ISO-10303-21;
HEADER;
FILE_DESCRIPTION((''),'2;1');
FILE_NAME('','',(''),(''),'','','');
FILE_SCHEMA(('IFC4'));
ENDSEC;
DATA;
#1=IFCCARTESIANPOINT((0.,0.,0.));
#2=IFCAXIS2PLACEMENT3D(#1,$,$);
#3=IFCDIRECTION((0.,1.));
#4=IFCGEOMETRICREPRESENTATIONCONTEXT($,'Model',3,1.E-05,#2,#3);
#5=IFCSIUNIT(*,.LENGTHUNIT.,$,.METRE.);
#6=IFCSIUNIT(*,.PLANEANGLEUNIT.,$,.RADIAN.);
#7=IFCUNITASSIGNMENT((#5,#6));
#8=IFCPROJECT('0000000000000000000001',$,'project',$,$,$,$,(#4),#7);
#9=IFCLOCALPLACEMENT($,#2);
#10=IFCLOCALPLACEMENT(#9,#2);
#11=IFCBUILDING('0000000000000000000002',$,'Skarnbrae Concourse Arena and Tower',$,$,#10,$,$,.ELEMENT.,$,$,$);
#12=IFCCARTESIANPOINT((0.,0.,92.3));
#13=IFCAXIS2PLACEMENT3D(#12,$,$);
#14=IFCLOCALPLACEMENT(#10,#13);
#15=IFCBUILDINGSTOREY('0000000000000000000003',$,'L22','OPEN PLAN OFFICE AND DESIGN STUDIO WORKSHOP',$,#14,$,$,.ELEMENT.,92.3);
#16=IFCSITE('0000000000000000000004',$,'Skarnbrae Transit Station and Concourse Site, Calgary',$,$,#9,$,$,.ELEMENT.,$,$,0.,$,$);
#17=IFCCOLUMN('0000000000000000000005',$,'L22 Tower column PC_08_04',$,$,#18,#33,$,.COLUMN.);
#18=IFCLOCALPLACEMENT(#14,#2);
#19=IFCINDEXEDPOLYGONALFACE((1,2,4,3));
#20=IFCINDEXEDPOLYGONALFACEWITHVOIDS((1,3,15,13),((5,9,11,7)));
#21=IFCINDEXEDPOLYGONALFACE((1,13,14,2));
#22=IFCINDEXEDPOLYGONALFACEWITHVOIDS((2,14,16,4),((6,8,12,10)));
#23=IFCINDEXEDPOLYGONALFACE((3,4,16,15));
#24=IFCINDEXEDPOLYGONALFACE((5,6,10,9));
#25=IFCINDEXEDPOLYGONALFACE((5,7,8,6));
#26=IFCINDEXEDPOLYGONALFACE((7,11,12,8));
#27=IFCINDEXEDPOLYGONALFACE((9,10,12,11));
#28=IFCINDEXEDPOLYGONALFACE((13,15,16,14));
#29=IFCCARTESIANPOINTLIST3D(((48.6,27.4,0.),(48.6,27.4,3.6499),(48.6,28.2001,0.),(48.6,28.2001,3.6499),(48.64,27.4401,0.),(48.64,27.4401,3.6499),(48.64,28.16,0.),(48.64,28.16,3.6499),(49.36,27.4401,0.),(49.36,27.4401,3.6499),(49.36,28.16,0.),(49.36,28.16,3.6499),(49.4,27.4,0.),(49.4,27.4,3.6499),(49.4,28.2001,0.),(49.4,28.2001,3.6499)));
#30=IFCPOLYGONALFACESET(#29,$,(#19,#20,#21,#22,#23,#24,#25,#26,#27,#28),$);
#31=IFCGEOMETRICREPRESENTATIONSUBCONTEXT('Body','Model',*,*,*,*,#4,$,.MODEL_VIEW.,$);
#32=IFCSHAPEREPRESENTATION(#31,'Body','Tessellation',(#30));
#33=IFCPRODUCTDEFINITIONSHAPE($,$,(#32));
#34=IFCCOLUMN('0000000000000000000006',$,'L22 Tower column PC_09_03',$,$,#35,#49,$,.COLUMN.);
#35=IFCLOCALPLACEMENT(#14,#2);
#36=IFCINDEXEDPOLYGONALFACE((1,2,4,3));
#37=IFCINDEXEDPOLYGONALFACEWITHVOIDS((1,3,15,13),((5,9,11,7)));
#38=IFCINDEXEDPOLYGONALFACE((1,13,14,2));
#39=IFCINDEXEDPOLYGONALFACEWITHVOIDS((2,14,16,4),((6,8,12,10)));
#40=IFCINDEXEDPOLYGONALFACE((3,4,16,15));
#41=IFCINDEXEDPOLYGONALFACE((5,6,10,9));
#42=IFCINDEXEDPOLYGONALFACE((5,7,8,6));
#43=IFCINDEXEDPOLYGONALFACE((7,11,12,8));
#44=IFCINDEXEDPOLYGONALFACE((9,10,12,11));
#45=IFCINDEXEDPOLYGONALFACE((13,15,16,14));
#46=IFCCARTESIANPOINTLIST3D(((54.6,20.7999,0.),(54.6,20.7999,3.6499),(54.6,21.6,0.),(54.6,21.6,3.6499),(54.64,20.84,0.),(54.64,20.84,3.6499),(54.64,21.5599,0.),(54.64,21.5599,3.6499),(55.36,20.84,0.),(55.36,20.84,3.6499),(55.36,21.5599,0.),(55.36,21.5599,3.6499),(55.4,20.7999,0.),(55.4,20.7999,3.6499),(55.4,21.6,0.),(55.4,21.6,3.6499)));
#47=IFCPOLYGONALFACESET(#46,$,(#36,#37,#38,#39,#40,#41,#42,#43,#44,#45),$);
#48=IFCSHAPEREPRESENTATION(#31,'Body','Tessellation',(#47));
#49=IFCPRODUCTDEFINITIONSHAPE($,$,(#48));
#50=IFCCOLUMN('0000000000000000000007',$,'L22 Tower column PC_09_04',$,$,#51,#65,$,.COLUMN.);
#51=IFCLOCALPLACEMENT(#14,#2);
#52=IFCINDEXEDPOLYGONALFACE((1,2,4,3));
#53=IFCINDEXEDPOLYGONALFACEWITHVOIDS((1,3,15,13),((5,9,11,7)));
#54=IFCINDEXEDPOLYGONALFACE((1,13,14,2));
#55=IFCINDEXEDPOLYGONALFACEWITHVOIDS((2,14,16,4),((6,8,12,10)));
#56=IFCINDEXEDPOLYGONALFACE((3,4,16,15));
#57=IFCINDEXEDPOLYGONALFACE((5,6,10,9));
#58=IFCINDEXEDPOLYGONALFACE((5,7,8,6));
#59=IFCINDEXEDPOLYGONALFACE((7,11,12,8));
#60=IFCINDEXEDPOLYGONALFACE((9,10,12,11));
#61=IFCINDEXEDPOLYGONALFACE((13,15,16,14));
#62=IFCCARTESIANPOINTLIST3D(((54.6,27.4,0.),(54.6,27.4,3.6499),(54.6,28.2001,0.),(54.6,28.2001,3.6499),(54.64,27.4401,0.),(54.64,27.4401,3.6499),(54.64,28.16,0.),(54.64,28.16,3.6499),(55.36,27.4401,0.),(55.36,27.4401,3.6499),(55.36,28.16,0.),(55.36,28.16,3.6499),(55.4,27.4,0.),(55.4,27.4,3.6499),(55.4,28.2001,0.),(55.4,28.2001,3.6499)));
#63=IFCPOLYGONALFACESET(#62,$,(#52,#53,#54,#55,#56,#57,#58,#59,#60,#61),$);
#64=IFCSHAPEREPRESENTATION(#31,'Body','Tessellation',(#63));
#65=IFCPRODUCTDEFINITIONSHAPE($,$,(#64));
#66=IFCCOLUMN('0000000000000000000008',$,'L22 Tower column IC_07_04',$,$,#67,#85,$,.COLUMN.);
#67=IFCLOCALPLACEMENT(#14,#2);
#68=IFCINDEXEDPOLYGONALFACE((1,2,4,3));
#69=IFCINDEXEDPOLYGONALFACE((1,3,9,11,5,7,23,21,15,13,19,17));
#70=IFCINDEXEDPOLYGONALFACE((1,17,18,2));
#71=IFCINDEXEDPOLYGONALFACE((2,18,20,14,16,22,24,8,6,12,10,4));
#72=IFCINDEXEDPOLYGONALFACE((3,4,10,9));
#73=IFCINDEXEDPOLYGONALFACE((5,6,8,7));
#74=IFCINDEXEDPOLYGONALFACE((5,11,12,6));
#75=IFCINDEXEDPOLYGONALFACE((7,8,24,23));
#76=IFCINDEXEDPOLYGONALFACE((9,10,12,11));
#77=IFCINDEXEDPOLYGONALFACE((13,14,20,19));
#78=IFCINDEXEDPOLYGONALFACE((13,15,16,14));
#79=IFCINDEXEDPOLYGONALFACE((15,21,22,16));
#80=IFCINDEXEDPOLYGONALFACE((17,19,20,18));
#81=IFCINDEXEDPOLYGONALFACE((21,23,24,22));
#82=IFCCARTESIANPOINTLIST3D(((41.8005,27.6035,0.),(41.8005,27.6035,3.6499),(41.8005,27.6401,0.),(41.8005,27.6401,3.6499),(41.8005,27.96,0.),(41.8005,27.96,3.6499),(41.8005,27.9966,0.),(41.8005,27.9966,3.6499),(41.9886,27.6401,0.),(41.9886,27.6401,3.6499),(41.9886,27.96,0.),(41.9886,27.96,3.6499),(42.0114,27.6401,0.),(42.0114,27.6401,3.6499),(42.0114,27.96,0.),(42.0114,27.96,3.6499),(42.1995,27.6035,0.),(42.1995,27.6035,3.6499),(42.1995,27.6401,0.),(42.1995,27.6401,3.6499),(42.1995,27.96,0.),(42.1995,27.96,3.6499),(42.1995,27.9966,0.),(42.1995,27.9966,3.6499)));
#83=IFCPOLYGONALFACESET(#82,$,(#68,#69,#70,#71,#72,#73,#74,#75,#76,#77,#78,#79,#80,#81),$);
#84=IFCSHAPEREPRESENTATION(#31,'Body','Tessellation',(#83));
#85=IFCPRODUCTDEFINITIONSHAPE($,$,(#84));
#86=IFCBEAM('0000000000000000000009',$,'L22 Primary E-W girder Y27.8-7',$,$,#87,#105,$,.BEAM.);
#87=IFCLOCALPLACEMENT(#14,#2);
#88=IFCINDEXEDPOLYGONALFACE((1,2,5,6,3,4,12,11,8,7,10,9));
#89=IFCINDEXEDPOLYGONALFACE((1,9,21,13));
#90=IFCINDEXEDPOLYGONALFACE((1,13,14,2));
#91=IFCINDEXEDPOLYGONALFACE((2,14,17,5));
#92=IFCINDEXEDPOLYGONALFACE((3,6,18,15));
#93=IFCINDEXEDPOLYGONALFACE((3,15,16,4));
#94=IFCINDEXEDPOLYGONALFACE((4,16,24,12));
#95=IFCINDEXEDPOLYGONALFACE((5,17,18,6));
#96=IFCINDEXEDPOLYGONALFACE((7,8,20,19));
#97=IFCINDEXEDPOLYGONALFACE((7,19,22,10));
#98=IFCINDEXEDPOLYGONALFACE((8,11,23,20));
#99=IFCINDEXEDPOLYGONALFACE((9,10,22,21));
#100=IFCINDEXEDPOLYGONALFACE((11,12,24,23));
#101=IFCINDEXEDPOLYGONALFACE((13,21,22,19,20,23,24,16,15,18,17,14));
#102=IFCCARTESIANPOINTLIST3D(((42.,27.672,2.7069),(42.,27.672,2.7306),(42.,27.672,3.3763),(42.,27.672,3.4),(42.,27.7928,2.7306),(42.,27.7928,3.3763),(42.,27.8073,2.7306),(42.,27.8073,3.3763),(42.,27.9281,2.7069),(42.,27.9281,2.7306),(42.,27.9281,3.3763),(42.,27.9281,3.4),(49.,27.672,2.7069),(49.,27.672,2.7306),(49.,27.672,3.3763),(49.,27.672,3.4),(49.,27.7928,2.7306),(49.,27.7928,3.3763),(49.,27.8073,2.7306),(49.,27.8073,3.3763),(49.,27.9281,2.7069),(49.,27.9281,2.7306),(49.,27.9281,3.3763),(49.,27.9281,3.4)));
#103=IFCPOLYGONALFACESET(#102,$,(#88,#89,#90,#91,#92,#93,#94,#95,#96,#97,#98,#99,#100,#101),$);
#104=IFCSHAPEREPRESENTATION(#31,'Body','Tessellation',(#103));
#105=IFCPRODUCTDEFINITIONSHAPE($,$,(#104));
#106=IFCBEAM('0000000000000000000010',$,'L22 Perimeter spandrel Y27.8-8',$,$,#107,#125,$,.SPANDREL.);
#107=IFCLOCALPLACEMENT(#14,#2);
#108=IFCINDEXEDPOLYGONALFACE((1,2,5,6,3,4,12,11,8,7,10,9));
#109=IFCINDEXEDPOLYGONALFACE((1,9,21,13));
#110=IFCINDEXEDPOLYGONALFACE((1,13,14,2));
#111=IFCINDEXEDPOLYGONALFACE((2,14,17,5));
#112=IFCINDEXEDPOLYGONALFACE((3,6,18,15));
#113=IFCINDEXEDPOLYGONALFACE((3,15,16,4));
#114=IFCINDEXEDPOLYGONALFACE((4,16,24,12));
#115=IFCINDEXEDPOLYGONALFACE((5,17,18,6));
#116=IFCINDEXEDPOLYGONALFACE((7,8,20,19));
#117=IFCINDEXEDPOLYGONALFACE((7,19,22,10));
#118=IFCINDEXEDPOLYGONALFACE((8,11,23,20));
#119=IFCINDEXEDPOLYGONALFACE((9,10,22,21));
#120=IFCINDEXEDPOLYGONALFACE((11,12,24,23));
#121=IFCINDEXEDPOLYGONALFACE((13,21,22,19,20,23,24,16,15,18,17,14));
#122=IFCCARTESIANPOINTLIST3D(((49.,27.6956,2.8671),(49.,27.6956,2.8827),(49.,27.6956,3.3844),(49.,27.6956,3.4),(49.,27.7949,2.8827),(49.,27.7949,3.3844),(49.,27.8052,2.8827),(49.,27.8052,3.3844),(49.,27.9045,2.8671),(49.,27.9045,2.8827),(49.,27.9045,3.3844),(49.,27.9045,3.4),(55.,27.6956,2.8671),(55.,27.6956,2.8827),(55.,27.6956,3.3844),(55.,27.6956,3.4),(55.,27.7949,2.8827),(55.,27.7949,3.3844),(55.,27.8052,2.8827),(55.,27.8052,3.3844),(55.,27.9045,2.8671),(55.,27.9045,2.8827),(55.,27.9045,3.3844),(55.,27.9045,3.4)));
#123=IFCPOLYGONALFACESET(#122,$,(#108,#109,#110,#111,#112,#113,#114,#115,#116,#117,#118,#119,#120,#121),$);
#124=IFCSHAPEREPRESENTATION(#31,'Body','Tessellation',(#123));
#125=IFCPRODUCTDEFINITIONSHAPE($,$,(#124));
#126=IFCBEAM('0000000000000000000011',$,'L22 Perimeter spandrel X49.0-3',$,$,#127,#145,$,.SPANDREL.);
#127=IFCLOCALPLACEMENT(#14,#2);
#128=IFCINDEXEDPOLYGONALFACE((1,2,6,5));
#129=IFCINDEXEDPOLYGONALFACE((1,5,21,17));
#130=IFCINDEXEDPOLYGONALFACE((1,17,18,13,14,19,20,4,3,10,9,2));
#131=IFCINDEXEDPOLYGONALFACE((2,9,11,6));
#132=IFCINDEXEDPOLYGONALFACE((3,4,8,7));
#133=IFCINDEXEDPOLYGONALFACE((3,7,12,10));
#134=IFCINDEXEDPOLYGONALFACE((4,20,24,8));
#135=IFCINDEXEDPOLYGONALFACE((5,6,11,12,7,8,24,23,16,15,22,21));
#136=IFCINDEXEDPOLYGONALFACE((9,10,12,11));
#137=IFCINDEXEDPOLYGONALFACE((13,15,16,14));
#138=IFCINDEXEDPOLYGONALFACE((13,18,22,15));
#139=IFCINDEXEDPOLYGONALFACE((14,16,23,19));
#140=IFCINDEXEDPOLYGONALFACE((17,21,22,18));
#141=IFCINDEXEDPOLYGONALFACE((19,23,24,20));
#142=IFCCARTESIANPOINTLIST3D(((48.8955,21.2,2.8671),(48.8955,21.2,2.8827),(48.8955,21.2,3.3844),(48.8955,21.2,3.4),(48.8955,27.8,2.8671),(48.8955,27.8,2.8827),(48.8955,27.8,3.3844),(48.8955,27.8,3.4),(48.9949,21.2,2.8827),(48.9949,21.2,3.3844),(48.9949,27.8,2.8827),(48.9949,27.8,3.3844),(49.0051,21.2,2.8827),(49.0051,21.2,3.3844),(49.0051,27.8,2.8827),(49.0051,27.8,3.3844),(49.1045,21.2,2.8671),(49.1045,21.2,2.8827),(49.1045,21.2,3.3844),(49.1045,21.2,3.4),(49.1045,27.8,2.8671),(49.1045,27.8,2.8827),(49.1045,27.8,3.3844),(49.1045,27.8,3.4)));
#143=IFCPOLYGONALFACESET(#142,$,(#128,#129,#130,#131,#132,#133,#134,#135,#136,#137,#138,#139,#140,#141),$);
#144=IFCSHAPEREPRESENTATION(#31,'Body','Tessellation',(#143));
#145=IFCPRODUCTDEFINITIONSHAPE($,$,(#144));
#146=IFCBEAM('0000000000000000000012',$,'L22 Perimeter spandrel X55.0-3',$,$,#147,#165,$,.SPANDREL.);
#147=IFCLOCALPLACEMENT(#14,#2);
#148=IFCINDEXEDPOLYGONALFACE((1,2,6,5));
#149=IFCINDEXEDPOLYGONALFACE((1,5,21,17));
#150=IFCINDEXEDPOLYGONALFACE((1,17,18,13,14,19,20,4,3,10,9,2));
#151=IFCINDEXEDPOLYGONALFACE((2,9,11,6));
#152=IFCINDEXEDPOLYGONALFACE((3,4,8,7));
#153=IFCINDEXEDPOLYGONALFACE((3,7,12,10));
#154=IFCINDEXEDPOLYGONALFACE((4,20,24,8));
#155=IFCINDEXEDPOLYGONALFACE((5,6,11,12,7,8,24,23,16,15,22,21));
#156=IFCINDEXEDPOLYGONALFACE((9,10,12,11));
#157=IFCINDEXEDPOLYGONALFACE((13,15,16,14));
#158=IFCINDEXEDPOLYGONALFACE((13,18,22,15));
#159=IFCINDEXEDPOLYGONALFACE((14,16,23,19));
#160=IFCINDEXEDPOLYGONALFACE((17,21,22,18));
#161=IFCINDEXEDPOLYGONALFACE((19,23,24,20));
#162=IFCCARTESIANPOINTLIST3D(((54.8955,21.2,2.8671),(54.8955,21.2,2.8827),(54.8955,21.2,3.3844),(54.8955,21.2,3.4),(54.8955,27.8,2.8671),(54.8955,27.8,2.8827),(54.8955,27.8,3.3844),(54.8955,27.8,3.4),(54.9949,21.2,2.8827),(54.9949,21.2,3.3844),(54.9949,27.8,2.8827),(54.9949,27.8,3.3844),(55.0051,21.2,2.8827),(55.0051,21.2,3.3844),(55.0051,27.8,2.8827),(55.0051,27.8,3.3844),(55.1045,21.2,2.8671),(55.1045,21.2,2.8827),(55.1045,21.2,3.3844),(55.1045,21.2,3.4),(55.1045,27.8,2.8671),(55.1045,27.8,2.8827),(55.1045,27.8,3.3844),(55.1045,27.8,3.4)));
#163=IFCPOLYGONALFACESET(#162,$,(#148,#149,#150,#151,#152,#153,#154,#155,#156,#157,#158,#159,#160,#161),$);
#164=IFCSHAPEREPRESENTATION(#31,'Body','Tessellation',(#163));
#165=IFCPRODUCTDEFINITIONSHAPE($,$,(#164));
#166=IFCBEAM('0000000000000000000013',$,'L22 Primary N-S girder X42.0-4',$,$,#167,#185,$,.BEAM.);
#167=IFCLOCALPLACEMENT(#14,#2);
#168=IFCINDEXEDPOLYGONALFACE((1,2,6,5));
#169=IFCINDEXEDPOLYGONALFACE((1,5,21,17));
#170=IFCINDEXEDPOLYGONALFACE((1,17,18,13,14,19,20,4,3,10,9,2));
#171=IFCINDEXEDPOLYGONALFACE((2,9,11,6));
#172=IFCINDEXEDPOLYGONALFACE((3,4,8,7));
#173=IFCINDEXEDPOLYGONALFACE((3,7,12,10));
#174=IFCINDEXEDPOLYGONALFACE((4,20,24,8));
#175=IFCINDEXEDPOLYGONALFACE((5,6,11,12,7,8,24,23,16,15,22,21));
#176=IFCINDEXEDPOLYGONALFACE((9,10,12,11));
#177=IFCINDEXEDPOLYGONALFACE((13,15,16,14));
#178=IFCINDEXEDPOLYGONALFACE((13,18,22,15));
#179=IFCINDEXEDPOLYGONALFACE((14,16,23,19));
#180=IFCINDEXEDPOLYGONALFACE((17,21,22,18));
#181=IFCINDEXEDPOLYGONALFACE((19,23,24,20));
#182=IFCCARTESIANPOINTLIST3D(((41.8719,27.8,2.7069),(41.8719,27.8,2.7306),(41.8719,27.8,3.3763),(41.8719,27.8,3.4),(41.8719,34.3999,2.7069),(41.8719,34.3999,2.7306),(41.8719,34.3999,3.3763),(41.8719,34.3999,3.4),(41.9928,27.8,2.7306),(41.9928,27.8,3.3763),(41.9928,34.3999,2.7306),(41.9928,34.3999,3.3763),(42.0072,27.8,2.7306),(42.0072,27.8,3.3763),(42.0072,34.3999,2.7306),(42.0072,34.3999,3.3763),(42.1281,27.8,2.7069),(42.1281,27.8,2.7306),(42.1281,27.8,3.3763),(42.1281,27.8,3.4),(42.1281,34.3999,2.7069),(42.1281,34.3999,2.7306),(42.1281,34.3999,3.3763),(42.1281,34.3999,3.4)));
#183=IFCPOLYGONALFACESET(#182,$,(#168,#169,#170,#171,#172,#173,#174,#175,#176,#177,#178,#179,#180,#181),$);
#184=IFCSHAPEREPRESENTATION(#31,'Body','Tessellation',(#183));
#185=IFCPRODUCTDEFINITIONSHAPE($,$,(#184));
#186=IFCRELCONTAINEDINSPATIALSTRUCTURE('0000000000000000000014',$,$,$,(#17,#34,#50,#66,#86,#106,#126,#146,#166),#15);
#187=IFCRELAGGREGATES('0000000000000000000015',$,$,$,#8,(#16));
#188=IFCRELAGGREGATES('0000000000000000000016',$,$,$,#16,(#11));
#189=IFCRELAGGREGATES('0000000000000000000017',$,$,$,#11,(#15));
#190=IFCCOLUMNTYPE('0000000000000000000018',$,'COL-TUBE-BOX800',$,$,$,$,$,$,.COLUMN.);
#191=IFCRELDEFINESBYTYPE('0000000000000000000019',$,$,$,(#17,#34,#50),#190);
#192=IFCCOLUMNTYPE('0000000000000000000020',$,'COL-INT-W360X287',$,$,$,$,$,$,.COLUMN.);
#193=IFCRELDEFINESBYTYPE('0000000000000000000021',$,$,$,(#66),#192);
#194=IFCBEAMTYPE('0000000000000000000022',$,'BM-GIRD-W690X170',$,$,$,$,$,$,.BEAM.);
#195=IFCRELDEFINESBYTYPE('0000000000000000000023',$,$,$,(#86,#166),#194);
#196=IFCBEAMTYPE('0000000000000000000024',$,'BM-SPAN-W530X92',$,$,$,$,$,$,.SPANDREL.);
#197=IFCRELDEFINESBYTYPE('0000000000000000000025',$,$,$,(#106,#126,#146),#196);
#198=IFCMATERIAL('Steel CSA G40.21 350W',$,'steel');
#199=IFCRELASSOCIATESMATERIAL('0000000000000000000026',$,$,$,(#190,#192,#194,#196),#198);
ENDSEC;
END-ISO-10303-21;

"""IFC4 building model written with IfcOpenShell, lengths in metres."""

from ifc_helpers import new_model, si_unit, direction, frame, origin, origin_2d, place, context, subcontext, project, spatial, hollow_rectangle, i_section, extrude, source, transform, mapped, material, material_profile, profile_set, type_object, element, save


model = new_model("IFC4")

# Units and contexts
model_context = context("Model", 3, precision=1e-05, world=origin(), true_north=direction((0.0, 1.0)))
body_context = subcontext(model_context, "Body", "Model", "MODEL_VIEW")
ifc_project = project(units=[si_unit("LENGTHUNIT", "METRE"), si_unit("PLANEANGLEUNIT", "RADIAN")], contexts=[model_context])

# Site, building, storey
site_placement = place(None, origin())
site = spatial("IfcSite", under=ifc_project, at=site_placement, Name="Skarnbrae Transit Station and Concourse Site, Calgary", CompositionType="ELEMENT", RefElevation=0.0)
building_placement = place(site_placement, origin())
building = spatial("IfcBuilding", under=site, at=building_placement, Name="Skarnbrae Concourse Arena and Tower", CompositionType="ELEMENT")
storey_placement = place(building_placement, frame((0.0, 0.0, 92.3)))
storey = spatial("IfcBuildingStorey", under=building, at=storey_placement, Name="L22", Description="OPEN PLAN OFFICE AND DESIGN STUDIO WORKSHOP", CompositionType="ELEMENT", Elevation=92.3)

# Columns
ifc_material_1 = material(Name="Steel CSA G40.21 350W", Category="steel")
ifc_material_profile_1 = material_profile(ifc_material_1, hollow_rectangle(XDim=0.8, YDim=0.8, WallThickness=0.04, at=origin_2d()), Name="BOX800X800X40")
ifc_profile_set_1 = profile_set([ifc_material_profile_1], Name="Steel CSA G40.21 350W")
column_type_1 = type_object("IfcColumnType", Name="COL-TUBE-BOX800", PredefinedType="COLUMN", material=ifc_profile_set_1)
shared_shape_1 = source(origin(), body_context, "Body", "SweptSolid", [
    extrude(hollow_rectangle(XDim=0.8, YDim=0.8, WallThickness=0.04, at=origin_2d()), origin(), (0.0, 0.0, 1.0), 3.6499),
])
for number, where, z_axis, x_axis, name in (
    (1, (49.0, 27.8, 0.0), (0.0, 0.0, 1.0), (1.0, 0.0, 0.0), "L22 Tower column PC_08_04"),
    (2, (55.0, 21.2, 0.0), (0.0, 0.0, 1.0), (1.0, 0.0, 0.0), "L22 Tower column PC_09_03"),
    (3, (55.0, 27.8, 0.0), (0.0, 0.0, 1.0), (1.0, 0.0, 0.0), "L22 Tower column PC_09_04"),
):
    element("IfcColumn", number, at=place(storey_placement, frame(where, z_axis=z_axis, x_axis=x_axis)), inside=storey, type_object=column_type_1, Name=name, PredefinedType="COLUMN", context=body_context, shape_type="MappedRepresentation", body=[
        mapped(shared_shape_1, transform((0.0, 0.0, 0.0))),
    ])
ifc_material_profile_2 = material_profile(ifc_material_1, i_section(OverallWidth=0.3989, OverallDepth=0.3931, WebThickness=0.0227, FlangeThickness=0.0366, at=origin_2d()), Name="W360X287")
ifc_profile_set_2 = profile_set([ifc_material_profile_2], Name="Steel CSA G40.21 350W")
column_type_2 = type_object("IfcColumnType", Name="COL-INT-W360X287", PredefinedType="COLUMN", material=ifc_profile_set_2)
shared_shape_2 = source(origin(), body_context, "Body", "SweptSolid", [
    extrude(i_section(OverallWidth=0.3989, OverallDepth=0.3931, WebThickness=0.0227, FlangeThickness=0.0366, at=origin_2d()), origin(), (0.0, 0.0, 1.0), 3.6499),
])
column_placement = place(storey_placement, frame((42.0, 27.8, 0.0), z_axis=(0.0, 0.0, 1.0), x_axis=(1.0, 0.0, 0.0)))
element("IfcColumn", 4, at=column_placement, inside=storey, type_object=column_type_2, Name="L22 Tower column IC_07_04", PredefinedType="COLUMN", context=body_context, shape_type="MappedRepresentation", body=[
    mapped(shared_shape_2, transform((0.0, 0.0, 0.0))),
])

# Beams
ifc_material_profile_3 = material_profile(ifc_material_1, i_section(OverallWidth=0.2561, OverallDepth=0.6931, WebThickness=0.0144, FlangeThickness=0.0237, at=origin_2d()), Name="W690X170")
ifc_profile_set_3 = profile_set([ifc_material_profile_3], Name="Steel CSA G40.21 350W")
beam_type_1 = type_object("IfcBeamType", Name="BM-GIRD-W690X170", PredefinedType="BEAM", material=ifc_profile_set_3)
shared_shape_3 = source(origin(), body_context, "Body", "SweptSolid", [
    extrude(i_section(OverallWidth=0.2561, OverallDepth=0.6931, WebThickness=0.0144, FlangeThickness=0.0237, at=origin_2d()), origin(), (0.0, 0.0, 1.0), 7.0),
])
beam_1_placement = place(storey_placement, frame((42.0, 27.8, 3.0535), z_axis=(1.0, 0.0, 0.0), x_axis=(0.0, 1.0, 0.0)))
element("IfcBeam", 5, at=beam_1_placement, inside=storey, type_object=beam_type_1, Name="L22 Primary E-W girder Y27.8-7", PredefinedType="BEAM", context=body_context, shape_type="MappedRepresentation", body=[
    mapped(shared_shape_3, transform((0.0, 0.0, 0.0))),
])
ifc_material_profile_4 = material_profile(ifc_material_1, i_section(OverallWidth=0.209, OverallDepth=0.533, WebThickness=0.0103, FlangeThickness=0.0156, at=origin_2d()), Name="W530X92")
ifc_profile_set_4 = profile_set([ifc_material_profile_4], Name="Steel CSA G40.21 350W")
beam_type_2 = type_object("IfcBeamType", Name="BM-SPAN-W530X92", PredefinedType="SPANDREL", material=ifc_profile_set_4)
shared_shape_4 = source(origin(), body_context, "Body", "SweptSolid", [
    extrude(i_section(OverallWidth=0.209, OverallDepth=0.533, WebThickness=0.0103, FlangeThickness=0.0156, at=origin_2d()), origin(), (0.0, 0.0, 1.0), 6.0),
])
beam_2_placement = place(storey_placement, frame((49.0, 27.8, 3.1335), z_axis=(1.0, 0.0, 0.0), x_axis=(0.0, 1.0, 0.0)))
element("IfcBeam", 6, at=beam_2_placement, inside=storey, type_object=beam_type_2, Name="L22 Perimeter spandrel Y27.8-8", PredefinedType="SPANDREL", context=body_context, shape_type="MappedRepresentation", body=[
    mapped(shared_shape_4, transform((0.0, 0.0, 0.0))),
])
shared_shape_5 = source(origin(), body_context, "Body", "SweptSolid", [
    extrude(i_section(OverallWidth=0.209, OverallDepth=0.533, WebThickness=0.0103, FlangeThickness=0.0156, at=origin_2d()), origin(), (0.0, 0.0, 1.0), 6.6001),
])
for number, where, z_axis, x_axis, name in (
    (7, (49.0, 21.2, 3.1335), (0.0, 1.0, 0.0), (-1.0, 0.0, 0.0), "L22 Perimeter spandrel X49.0-3"),
    (8, (55.0, 21.2, 3.1335), (0.0, 1.0, 0.0), (-1.0, 0.0, 0.0), "L22 Perimeter spandrel X55.0-3"),
):
    element("IfcBeam", number, at=place(storey_placement, frame(where, z_axis=z_axis, x_axis=x_axis)), inside=storey, type_object=beam_type_2, Name=name, PredefinedType="SPANDREL", context=body_context, shape_type="MappedRepresentation", body=[
        mapped(shared_shape_5, transform((0.0, 0.0, 0.0))),
    ])
shared_shape_6 = source(origin(), body_context, "Body", "SweptSolid", [
    extrude(i_section(OverallWidth=0.2561, OverallDepth=0.6931, WebThickness=0.0144, FlangeThickness=0.0237, at=origin_2d()), origin(), (0.0, 0.0, 1.0), 6.5999),
])
beam_3_placement = place(storey_placement, frame((42.0, 27.8, 3.0535), z_axis=(0.0, 1.0, 0.0), x_axis=(-1.0, 0.0, 0.0)))
element("IfcBeam", 9, at=beam_3_placement, inside=storey, type_object=beam_type_1, Name="L22 Primary N-S girder X42.0-4", PredefinedType="BEAM", context=body_context, shape_type="MappedRepresentation", body=[
    mapped(shared_shape_6, transform((0.0, 0.0, 0.0))),
])

save(model, "model.ifc")
